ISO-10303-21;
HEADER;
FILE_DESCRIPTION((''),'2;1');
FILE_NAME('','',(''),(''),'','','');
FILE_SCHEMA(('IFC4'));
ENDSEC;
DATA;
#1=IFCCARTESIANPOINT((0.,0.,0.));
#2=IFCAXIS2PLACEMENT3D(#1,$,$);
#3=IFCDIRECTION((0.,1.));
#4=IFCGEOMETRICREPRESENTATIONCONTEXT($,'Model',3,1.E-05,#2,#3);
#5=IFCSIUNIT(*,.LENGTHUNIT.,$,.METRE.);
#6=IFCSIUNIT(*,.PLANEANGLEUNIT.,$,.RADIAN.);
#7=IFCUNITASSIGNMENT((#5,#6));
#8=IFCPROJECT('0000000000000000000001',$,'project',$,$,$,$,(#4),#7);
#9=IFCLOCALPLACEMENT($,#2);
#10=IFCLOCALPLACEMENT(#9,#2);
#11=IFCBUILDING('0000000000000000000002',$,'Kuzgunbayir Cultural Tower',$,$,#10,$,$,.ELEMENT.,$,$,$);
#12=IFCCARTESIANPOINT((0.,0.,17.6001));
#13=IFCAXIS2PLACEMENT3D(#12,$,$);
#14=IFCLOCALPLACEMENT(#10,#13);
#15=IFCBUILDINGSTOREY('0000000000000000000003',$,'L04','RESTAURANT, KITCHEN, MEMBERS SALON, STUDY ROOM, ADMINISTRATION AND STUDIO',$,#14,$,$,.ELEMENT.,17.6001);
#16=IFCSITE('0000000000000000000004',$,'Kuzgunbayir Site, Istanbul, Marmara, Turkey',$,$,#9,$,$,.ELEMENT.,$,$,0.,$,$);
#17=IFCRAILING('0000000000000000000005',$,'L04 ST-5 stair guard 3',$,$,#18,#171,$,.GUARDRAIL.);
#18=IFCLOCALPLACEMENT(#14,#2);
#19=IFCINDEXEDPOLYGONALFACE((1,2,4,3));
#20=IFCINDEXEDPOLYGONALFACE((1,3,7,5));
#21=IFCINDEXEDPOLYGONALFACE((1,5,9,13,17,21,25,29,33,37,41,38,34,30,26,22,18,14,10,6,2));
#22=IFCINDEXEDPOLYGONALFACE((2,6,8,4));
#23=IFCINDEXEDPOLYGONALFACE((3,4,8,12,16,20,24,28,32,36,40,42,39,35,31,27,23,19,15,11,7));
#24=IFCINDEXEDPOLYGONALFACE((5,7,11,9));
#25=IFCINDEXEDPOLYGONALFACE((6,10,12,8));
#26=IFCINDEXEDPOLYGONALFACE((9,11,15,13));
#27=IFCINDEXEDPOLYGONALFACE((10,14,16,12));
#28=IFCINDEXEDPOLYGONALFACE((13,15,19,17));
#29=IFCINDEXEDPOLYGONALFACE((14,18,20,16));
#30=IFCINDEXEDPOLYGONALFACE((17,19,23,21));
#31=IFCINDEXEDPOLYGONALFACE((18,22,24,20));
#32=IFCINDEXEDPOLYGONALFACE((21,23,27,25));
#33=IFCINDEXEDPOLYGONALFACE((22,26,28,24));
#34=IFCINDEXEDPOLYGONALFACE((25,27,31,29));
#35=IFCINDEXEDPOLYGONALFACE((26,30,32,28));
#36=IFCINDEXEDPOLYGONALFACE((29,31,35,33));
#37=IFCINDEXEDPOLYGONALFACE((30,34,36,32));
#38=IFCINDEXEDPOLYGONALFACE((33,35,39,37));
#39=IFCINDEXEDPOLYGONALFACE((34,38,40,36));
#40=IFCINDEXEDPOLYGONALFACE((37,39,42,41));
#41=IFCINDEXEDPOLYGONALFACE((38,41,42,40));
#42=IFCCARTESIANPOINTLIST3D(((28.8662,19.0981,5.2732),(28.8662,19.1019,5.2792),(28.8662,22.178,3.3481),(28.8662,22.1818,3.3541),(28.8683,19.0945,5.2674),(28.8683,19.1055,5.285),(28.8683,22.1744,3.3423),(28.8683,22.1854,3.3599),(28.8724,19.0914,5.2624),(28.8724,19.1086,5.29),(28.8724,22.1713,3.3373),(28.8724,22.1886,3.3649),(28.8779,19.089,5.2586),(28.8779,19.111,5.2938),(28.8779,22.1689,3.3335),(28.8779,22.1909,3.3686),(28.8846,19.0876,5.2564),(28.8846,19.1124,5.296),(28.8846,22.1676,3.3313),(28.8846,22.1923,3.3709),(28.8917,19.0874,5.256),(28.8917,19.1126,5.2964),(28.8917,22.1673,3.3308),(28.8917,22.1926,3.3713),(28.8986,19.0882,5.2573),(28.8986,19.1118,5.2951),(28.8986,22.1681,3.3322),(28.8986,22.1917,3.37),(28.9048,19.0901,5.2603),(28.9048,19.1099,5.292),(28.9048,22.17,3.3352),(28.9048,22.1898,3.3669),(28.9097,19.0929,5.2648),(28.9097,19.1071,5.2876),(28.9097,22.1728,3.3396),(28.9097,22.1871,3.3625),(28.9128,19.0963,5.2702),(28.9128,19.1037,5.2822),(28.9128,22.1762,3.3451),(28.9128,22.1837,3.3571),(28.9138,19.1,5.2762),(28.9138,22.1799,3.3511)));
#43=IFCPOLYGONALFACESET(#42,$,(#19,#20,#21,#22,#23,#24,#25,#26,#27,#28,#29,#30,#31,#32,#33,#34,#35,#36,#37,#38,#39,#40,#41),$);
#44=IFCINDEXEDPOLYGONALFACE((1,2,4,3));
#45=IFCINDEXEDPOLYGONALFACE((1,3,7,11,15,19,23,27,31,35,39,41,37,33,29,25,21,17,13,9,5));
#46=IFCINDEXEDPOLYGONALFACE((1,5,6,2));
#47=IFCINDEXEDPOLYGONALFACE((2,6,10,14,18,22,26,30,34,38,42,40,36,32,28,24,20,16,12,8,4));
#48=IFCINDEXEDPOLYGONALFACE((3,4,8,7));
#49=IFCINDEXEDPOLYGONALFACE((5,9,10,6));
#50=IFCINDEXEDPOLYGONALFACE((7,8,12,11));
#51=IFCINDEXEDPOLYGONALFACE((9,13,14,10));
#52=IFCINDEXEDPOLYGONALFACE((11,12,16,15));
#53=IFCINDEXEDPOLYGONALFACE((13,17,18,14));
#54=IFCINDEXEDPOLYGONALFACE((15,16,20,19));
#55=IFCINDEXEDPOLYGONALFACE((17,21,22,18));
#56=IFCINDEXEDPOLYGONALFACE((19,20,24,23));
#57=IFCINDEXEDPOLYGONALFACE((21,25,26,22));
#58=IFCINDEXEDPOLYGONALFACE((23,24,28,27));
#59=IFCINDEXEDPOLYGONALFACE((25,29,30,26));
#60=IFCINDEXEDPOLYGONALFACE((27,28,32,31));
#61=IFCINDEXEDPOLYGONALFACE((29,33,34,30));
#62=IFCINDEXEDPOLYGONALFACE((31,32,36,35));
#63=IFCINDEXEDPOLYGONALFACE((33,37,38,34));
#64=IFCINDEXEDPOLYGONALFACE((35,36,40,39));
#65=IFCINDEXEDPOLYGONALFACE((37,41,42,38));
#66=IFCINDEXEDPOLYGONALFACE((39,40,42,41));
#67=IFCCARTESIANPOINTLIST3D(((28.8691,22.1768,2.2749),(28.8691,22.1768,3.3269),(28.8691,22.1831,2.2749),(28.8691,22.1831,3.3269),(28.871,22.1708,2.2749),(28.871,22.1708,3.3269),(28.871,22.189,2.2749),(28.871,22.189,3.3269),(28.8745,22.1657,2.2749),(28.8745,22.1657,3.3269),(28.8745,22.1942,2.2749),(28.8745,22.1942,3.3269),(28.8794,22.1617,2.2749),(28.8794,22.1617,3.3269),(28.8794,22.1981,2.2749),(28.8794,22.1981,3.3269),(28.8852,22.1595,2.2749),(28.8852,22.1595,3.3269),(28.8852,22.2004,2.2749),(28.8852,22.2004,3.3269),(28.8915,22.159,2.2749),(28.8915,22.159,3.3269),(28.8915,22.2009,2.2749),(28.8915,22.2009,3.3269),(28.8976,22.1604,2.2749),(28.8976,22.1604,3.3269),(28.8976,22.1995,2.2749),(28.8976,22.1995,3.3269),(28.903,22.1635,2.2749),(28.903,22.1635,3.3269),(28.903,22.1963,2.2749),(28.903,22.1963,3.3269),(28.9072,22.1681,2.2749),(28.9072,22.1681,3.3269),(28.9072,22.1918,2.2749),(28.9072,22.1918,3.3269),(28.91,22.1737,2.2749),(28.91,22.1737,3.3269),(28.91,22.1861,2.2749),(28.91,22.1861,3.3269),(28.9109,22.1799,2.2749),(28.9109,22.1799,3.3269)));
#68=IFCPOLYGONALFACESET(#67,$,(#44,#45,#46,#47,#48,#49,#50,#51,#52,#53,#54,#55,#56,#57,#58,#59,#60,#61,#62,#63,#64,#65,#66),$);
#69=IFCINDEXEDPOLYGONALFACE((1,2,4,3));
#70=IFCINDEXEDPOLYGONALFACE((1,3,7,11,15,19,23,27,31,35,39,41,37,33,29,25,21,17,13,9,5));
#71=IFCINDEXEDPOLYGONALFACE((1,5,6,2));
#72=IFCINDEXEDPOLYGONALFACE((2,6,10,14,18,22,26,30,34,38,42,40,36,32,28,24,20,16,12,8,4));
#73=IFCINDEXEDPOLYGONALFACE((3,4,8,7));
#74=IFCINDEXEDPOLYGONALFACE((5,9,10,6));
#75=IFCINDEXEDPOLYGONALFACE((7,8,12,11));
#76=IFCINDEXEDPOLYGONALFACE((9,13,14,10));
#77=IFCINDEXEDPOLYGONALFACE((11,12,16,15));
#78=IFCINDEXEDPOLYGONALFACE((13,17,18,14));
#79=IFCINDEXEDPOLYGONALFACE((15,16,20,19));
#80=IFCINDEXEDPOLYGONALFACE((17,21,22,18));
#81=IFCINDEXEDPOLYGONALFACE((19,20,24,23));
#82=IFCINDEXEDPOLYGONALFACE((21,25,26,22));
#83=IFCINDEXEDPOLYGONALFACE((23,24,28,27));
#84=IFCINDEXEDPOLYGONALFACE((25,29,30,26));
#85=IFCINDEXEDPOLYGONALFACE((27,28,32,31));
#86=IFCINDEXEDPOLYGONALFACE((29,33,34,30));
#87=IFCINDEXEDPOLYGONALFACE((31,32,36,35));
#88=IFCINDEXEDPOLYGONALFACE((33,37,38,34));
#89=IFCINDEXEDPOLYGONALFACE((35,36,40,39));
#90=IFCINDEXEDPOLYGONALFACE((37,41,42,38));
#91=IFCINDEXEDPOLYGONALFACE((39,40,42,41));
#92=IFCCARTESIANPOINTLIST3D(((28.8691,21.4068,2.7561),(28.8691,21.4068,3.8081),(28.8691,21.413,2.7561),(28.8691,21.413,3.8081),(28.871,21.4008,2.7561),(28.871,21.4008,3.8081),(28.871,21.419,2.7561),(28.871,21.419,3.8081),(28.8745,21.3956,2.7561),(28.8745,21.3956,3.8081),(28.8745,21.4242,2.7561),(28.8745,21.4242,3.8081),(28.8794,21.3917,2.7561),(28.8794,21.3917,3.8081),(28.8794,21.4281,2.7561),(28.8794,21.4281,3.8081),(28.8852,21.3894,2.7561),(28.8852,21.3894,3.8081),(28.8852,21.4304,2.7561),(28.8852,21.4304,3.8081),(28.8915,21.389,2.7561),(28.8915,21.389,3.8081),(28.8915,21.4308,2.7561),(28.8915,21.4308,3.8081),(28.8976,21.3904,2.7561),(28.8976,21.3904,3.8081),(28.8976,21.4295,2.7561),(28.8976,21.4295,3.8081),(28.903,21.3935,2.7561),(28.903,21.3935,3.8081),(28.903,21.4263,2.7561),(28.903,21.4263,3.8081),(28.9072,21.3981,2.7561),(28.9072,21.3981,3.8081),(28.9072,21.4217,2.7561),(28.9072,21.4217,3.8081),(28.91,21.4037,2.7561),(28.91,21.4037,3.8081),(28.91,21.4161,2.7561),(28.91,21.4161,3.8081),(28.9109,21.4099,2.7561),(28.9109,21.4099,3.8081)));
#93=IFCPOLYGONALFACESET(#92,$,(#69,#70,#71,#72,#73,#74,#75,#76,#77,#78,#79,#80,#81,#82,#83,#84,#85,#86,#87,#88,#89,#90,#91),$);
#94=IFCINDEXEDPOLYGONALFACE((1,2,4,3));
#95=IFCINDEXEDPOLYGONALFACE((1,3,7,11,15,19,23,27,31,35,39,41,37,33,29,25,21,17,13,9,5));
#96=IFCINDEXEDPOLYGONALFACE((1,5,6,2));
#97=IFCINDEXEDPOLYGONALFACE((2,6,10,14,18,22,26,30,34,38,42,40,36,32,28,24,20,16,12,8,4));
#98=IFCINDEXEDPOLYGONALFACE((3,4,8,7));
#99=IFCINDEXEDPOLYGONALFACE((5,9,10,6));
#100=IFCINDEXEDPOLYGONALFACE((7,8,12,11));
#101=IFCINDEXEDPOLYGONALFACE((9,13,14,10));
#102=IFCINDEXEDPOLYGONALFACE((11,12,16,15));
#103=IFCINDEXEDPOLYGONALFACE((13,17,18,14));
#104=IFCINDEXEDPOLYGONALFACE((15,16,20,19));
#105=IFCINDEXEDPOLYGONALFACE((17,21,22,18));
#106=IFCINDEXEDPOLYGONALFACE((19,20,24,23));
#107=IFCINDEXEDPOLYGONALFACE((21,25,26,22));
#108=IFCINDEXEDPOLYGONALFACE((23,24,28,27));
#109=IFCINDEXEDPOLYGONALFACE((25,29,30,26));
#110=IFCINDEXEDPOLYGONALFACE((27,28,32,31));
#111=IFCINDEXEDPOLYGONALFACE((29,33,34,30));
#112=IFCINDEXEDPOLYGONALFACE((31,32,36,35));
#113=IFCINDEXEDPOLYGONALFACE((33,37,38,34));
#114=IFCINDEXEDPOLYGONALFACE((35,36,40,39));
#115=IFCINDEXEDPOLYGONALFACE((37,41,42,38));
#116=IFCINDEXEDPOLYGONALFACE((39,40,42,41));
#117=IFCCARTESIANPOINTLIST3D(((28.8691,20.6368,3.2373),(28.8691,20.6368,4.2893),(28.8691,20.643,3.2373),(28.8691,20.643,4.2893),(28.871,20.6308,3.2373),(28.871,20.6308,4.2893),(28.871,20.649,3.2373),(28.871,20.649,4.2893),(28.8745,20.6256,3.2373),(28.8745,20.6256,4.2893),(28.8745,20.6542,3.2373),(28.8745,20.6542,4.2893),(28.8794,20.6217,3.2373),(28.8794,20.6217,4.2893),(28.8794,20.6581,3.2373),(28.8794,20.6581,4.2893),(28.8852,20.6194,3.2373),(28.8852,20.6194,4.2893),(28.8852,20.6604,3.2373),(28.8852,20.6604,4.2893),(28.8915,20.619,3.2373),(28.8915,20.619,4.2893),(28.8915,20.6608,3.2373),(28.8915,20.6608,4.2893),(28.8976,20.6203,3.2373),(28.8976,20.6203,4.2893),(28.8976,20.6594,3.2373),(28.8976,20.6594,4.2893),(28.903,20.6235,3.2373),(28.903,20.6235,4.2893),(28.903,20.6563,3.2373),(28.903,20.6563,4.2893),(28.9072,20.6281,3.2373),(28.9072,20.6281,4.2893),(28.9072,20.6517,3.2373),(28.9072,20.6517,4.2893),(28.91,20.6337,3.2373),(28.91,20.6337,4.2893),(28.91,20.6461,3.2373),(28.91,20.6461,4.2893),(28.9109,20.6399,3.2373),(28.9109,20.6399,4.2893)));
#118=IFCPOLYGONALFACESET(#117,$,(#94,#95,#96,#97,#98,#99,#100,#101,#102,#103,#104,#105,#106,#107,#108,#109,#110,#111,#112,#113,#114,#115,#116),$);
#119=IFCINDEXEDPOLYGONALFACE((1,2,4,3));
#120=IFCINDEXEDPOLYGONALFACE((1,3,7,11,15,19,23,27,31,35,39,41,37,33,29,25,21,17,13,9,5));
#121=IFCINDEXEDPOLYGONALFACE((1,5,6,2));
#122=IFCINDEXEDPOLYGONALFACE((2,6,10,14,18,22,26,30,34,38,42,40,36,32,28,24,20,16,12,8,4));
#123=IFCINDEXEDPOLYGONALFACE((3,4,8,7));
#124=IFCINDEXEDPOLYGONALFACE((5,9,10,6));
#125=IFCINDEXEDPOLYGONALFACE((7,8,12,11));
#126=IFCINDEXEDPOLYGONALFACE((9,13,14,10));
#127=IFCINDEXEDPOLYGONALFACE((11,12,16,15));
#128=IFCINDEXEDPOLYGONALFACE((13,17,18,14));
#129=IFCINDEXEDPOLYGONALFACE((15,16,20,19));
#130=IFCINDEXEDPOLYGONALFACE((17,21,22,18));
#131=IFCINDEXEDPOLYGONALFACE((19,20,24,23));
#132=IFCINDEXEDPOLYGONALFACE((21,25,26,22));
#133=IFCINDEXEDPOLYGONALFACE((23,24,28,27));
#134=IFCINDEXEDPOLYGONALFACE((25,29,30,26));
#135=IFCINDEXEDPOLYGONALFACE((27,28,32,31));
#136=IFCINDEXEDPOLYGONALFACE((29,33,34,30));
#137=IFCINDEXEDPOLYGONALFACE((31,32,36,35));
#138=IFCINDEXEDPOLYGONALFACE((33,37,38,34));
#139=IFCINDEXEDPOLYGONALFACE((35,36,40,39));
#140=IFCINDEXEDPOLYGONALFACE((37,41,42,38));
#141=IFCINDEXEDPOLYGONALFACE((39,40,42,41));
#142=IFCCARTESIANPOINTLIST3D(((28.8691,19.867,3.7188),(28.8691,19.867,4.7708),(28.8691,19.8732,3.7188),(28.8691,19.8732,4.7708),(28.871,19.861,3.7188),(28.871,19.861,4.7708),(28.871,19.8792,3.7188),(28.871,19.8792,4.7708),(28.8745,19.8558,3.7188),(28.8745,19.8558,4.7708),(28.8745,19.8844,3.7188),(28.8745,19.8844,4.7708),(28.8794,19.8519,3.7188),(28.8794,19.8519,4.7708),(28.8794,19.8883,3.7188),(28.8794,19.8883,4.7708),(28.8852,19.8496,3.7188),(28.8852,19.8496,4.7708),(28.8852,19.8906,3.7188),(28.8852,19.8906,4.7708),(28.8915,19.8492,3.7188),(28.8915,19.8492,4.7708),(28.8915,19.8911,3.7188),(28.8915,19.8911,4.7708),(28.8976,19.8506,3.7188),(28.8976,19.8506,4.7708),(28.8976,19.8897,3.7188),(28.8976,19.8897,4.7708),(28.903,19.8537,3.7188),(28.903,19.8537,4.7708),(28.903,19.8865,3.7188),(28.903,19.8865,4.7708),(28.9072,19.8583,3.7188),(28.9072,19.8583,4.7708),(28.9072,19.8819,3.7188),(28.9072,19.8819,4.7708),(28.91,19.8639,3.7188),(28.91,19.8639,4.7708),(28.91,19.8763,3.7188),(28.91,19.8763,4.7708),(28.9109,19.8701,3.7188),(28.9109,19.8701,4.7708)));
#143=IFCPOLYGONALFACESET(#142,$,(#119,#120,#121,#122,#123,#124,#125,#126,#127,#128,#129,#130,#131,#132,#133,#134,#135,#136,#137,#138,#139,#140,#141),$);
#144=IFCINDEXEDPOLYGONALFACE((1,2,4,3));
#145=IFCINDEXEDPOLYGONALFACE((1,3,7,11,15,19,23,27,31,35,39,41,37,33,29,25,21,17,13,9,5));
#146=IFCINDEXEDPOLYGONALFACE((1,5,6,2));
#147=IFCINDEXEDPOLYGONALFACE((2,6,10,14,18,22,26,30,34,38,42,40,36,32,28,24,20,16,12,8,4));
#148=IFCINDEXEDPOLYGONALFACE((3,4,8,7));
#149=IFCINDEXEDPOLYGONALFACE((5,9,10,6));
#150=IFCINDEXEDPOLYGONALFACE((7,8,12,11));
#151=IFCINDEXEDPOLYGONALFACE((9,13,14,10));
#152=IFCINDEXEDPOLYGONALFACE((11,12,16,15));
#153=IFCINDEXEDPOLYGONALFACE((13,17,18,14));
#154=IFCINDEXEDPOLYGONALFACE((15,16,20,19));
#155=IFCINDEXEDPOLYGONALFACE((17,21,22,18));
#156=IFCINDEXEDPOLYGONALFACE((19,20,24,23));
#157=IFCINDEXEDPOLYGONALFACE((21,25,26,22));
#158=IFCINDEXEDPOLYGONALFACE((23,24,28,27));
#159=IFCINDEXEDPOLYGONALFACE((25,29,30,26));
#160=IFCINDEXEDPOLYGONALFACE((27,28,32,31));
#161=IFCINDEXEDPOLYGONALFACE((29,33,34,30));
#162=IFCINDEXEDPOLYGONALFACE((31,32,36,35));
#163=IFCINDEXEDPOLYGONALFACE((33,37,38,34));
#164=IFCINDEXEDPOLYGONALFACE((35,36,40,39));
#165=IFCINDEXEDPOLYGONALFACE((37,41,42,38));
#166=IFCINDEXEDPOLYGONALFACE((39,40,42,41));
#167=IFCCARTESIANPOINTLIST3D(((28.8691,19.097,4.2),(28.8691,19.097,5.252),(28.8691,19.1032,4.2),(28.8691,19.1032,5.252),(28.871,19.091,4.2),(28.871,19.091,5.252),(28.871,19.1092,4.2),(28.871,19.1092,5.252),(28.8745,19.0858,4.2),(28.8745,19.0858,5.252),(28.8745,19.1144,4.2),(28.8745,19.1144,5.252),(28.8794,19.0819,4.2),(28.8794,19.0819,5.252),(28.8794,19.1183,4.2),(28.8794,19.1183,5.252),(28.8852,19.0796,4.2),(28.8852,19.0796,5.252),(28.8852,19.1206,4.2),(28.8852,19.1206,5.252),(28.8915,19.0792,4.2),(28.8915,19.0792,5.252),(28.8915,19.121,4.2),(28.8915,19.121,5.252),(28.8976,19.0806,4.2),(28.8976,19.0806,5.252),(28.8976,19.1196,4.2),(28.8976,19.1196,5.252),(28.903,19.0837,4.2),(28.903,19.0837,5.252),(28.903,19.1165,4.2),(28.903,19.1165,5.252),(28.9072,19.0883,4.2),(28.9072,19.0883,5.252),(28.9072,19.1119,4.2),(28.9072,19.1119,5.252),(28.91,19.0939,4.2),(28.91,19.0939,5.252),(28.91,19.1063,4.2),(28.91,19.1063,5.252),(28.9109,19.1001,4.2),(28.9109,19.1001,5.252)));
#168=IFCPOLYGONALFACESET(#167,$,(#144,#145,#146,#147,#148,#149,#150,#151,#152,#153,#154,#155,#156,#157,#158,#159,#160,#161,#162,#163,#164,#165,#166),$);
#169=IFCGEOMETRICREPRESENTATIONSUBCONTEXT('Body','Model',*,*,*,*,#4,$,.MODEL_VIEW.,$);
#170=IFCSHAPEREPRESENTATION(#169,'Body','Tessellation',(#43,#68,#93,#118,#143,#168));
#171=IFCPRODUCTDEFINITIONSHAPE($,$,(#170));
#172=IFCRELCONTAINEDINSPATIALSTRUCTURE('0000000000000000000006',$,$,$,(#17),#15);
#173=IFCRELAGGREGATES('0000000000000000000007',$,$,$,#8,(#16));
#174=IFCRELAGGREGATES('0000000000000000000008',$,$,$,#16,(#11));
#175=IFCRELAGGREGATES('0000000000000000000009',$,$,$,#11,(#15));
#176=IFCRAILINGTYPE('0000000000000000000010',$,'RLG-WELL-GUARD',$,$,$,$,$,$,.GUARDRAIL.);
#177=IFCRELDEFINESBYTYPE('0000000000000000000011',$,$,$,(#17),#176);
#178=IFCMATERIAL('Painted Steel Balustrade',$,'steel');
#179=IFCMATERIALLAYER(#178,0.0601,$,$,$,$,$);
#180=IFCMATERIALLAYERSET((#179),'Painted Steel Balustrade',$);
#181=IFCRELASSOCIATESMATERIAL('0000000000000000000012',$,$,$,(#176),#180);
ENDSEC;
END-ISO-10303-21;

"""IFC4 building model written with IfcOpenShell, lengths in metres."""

from ifc_helpers import new_model, si_unit, direction, frame, origin, origin_2d, place, context, subcontext, project, spatial, circle, extrude, material, layer, layer_set, type_object, element, save


model = new_model("IFC4")

# Units and contexts
model_context = context("Model", 3, precision=1e-05, world=origin(), true_north=direction((0.0, 1.0)))
body_context = subcontext(model_context, "Body", "Model", "MODEL_VIEW")
ifc_project = project(units=[si_unit("LENGTHUNIT", "METRE"), si_unit("PLANEANGLEUNIT", "RADIAN")], contexts=[model_context])

# Site, building, storey
site_placement = place(None, origin())
site = spatial("IfcSite", under=ifc_project, at=site_placement, Name="Kuzgunbayir Site, Istanbul, Marmara, Turkey", CompositionType="ELEMENT", RefElevation=0.0)
building_placement = place(site_placement, origin())
building = spatial("IfcBuilding", under=site, at=building_placement, Name="Kuzgunbayir Cultural Tower", CompositionType="ELEMENT")
storey_placement = place(building_placement, frame((0.0, 0.0, 17.6001)))
storey = spatial("IfcBuildingStorey", under=building, at=storey_placement, Name="L04", Description="RESTAURANT, KITCHEN, MEMBERS SALON, STUDY ROOM, ADMINISTRATION AND STUDIO", CompositionType="ELEMENT", Elevation=17.6001)

# Railing
ifc_material_1 = material(Name="Painted Steel Balustrade", Category="steel")
ifc_layer_1 = layer(ifc_material_1, 0.0601)
ifc_layer_set_1 = layer_set([ifc_layer_1], Name="Painted Steel Balustrade")
railing_type_1 = type_object("IfcRailingType", Name="RLG-WELL-GUARD", PredefinedType="GUARDRAIL", material=ifc_layer_set_1)
railing_1_placement = place(storey_placement, frame((28.8899, 22.1799, 2.2749)))
element("IfcRailing", 1, at=railing_1_placement, inside=storey, type_object=railing_type_1, Name="L04 ST-5 stair guard 3", PredefinedType="GUARDRAIL", context=body_context, shape_type="SweptSolid", body=[
    extrude(circle(Radius=0.0239, at=origin_2d()), frame((0.0, 0.0, 1.0762), z_axis=(0.0, -0.847979, 0.530029), x_axis=(1.0, 0.0, 0.0)), (0.0, 0.0, 1.0), 3.6321),
    extrude(circle(Radius=0.021, at=origin_2d()), origin(), (0.0, 0.0, 1.0), 1.052),
    extrude(circle(Radius=0.021, at=origin_2d()), frame((0.0, -0.77, 0.4812)), (0.0, 0.0, 1.0), 1.052),
    extrude(circle(Radius=0.021, at=origin_2d()), frame((0.0, -1.54, 0.9624)), (0.0, 0.0, 1.0), 1.052),
    extrude(circle(Radius=0.021, at=origin_2d()), frame((0.0, -2.3098, 1.4438)), (0.0, 0.0, 1.0), 1.052),
    extrude(circle(Radius=0.021, at=origin_2d()), frame((0.0, -3.0798, 1.925)), (0.0, 0.0, 1.0), 1.052),
])

save(model, "model.ifc")
